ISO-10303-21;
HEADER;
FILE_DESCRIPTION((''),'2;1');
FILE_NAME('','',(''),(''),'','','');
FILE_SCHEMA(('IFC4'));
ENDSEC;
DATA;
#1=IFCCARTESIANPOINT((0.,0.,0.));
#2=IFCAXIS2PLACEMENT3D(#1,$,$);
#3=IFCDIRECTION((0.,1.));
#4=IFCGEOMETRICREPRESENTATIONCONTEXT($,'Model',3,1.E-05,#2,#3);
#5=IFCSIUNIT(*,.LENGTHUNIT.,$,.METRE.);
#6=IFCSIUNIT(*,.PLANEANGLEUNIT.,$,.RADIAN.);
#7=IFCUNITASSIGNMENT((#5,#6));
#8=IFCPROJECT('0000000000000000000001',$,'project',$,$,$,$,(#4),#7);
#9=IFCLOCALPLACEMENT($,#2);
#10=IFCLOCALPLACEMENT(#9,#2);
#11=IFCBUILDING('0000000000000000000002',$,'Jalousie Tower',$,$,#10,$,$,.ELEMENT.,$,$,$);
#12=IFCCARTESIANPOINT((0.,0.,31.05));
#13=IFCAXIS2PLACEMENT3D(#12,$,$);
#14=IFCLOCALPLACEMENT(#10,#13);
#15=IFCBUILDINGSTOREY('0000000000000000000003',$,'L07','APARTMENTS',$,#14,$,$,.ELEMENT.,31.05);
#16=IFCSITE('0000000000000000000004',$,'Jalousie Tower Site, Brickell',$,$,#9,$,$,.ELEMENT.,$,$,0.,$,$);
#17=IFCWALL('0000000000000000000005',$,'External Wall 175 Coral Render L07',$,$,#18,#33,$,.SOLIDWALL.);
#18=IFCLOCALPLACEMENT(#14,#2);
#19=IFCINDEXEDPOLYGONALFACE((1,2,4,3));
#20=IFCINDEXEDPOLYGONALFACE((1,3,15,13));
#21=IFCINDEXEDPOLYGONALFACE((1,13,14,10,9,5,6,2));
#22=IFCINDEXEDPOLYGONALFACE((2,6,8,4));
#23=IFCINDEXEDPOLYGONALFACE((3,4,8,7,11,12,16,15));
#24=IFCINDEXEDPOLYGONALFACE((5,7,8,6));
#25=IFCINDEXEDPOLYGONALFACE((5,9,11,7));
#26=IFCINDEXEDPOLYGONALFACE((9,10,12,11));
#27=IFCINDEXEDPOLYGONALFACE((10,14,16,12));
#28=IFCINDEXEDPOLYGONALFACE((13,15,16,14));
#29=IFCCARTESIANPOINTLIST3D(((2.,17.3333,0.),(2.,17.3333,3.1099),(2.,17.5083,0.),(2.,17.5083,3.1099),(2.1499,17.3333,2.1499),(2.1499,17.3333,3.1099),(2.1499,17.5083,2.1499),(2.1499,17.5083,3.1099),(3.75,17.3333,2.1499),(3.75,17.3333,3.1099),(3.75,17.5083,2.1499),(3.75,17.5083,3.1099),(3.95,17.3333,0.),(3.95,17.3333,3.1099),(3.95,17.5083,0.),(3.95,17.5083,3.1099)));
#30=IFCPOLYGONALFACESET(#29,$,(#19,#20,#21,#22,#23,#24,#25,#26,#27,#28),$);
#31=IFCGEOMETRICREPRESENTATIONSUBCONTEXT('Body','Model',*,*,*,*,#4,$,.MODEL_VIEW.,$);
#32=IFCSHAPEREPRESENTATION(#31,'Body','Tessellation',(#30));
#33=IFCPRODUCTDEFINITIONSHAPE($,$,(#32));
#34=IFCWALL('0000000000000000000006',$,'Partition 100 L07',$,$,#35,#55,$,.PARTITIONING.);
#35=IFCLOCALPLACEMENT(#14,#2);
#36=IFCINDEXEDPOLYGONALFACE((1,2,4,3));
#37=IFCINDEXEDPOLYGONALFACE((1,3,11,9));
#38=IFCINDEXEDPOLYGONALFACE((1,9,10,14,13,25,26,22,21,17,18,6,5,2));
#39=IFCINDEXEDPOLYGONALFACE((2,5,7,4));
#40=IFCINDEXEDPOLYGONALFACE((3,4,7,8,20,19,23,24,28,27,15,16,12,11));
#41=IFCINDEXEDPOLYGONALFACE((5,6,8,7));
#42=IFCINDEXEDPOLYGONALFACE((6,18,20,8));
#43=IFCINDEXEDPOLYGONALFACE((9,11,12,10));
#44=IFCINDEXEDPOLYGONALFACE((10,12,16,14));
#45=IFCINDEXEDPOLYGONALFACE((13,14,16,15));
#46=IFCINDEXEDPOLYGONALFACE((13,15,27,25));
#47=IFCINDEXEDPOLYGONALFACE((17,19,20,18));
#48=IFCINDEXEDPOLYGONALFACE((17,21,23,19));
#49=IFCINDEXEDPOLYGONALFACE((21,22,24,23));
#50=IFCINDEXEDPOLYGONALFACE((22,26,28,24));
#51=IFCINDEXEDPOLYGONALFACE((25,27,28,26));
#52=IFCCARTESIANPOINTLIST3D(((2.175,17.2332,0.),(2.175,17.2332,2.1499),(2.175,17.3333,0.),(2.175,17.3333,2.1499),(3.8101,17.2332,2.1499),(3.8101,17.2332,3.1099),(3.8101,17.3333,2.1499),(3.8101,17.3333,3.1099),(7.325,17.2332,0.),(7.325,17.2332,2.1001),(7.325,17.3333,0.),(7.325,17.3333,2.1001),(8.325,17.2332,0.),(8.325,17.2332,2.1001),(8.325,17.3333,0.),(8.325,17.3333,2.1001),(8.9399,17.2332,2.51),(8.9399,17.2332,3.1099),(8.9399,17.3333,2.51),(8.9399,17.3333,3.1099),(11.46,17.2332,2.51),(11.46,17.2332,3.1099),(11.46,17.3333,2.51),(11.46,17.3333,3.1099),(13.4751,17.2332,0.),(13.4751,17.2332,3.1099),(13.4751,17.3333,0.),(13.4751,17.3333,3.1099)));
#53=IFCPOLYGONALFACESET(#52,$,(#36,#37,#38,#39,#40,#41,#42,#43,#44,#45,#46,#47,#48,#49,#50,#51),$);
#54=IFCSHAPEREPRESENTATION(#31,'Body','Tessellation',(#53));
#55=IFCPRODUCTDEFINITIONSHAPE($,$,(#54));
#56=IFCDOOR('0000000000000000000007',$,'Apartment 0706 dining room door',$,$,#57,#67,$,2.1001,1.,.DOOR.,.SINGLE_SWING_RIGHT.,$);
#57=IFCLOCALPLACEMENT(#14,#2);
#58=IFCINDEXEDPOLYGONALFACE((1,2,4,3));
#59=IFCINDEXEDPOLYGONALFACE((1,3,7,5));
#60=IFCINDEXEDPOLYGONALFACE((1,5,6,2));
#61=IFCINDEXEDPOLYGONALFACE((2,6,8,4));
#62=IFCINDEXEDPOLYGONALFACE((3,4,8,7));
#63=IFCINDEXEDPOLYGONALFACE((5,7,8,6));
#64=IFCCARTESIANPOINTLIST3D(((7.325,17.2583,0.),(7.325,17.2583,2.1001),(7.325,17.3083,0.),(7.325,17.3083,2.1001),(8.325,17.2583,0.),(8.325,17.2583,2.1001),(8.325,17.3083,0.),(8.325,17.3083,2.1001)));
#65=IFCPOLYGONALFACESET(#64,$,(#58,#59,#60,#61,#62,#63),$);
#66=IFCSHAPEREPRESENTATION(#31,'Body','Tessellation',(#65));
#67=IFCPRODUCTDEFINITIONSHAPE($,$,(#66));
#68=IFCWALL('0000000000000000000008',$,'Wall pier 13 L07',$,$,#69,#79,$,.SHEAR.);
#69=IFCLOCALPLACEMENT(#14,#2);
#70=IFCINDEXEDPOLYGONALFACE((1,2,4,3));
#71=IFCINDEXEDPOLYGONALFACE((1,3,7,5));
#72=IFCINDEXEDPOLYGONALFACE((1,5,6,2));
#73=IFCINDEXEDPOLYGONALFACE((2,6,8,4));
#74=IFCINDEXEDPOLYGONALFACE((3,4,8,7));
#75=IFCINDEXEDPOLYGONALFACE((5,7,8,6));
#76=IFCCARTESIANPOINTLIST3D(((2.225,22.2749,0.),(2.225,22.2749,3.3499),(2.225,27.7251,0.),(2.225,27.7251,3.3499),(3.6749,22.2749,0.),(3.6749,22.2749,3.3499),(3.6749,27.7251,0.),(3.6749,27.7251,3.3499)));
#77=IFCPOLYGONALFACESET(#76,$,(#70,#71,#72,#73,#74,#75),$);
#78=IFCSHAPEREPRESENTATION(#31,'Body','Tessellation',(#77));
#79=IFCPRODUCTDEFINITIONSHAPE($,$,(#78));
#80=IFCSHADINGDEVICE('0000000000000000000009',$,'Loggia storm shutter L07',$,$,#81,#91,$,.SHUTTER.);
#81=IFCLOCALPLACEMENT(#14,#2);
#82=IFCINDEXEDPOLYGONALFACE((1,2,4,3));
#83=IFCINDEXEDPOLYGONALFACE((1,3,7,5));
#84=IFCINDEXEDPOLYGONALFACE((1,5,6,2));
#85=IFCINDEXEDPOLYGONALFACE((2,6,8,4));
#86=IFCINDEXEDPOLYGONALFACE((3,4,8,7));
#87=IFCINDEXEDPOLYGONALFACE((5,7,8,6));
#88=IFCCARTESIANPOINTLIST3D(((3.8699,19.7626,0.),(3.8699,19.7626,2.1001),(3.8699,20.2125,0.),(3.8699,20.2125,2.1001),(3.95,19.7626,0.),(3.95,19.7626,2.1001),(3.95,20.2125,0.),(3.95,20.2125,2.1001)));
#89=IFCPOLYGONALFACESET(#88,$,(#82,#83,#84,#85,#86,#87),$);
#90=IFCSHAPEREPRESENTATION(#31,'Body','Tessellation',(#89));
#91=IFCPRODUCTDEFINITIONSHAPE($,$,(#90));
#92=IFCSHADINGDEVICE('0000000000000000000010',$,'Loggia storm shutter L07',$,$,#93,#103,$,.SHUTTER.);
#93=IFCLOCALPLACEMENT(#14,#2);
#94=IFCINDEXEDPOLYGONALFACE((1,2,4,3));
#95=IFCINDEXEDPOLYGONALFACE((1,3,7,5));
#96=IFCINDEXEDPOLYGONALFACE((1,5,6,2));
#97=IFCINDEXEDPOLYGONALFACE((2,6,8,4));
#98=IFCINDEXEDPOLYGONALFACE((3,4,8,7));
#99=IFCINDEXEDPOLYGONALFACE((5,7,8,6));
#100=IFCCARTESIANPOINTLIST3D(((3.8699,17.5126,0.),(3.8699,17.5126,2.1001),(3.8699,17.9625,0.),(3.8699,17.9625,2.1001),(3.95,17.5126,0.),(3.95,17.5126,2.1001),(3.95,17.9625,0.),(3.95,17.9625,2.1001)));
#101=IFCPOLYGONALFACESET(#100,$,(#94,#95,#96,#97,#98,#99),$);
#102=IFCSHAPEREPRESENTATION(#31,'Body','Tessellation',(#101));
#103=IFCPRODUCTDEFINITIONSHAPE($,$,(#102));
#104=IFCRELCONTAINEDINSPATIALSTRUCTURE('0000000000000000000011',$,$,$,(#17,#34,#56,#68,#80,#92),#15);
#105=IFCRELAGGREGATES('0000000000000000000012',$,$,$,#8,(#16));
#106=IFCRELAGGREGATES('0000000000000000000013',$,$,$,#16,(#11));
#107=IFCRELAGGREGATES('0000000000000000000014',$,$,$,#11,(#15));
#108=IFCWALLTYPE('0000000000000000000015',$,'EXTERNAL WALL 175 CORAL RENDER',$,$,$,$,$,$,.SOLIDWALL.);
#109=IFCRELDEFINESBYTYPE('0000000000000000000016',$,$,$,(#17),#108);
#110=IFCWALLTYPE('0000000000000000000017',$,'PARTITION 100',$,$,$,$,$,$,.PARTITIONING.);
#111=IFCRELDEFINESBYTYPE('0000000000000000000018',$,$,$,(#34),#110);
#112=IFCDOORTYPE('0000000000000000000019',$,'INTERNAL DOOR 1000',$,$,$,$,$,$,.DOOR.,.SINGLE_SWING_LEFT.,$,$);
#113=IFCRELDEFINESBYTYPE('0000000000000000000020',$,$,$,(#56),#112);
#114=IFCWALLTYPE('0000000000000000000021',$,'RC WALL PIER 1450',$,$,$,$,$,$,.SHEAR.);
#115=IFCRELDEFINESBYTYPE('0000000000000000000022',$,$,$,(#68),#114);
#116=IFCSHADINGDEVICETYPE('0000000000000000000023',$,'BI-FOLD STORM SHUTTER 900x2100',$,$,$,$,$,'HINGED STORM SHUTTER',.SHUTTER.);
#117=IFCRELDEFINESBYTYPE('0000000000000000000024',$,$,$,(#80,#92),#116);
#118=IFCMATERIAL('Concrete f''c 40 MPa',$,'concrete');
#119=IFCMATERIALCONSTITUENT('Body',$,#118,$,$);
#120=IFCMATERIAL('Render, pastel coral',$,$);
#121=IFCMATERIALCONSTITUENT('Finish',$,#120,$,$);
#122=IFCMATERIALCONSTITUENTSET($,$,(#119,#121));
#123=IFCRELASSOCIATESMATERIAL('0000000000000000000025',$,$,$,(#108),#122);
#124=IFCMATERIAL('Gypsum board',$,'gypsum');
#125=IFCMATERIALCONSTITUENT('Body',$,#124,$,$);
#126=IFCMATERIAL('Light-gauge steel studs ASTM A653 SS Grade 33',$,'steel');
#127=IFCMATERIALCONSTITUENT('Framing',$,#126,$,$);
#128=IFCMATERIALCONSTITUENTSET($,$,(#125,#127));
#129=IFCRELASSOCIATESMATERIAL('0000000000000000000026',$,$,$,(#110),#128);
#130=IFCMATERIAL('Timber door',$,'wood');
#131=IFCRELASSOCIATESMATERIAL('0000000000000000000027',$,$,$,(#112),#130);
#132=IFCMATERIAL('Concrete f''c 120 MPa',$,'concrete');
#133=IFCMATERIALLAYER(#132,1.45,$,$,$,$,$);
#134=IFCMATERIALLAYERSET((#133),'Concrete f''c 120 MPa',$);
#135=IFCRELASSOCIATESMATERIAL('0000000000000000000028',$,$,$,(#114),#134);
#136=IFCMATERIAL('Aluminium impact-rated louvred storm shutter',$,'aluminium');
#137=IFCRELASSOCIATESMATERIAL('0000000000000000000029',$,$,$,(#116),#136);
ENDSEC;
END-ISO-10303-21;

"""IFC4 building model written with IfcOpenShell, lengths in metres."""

from ifc_helpers import new_model, si_unit, direction, frame, frame_2d, origin, origin_2d, place, context, subcontext, project, spatial, polyline, rectangle, outline, extrude, material, layer, layer_set, constituent, constituent_set, type_object, element, fill, save


model = new_model("IFC4")

# Units and contexts
model_context = context("Model", 3, precision=1e-05, world=origin(), true_north=direction((0.0, 1.0)))
body_context = subcontext(model_context, "Body", "Model", "MODEL_VIEW")
ifc_project = project(units=[si_unit("LENGTHUNIT", "METRE"), si_unit("PLANEANGLEUNIT", "RADIAN")], contexts=[model_context])

# Site, building, storey
site_placement = place(None, origin())
site = spatial("IfcSite", under=ifc_project, at=site_placement, Name="Jalousie Tower Site, Brickell", CompositionType="ELEMENT", RefElevation=0.0)
building_placement = place(site_placement, origin())
building = spatial("IfcBuilding", under=site, at=building_placement, Name="Jalousie Tower", CompositionType="ELEMENT")
storey_placement = place(building_placement, frame((0.0, 0.0, 31.05)))
storey = spatial("IfcBuildingStorey", under=building, at=storey_placement, Name="L07", Description="APARTMENTS", CompositionType="ELEMENT", Elevation=31.05)

# Shared definitions
ifc_material_1 = material(Name="Concrete f'c 40 MPa", Category="concrete")
ifc_constituent_1 = constituent(ifc_material_1, Name="Body")
ifc_material_2 = material(Name="Render, pastel coral")
ifc_constituent_2 = constituent(ifc_material_2, Name="Finish")
ifc_constituent_set_1 = constituent_set(constituents=[ifc_constituent_1, ifc_constituent_2])
wall_type_1 = type_object("IfcWallType", Name="EXTERNAL WALL 175 CORAL RENDER", PredefinedType="SOLIDWALL", material=ifc_constituent_set_1)

# Wall
for number, where, z_axis, x_axis, name in (
    (1, (2.0, 17.4209, 0.0), (0.0, 0.0, 1.0), (1.0, 0.0, 0.0), "External Wall 175 Coral Render L07"),
):
    element("IfcWall", number, at=place(storey_placement, frame(where, z_axis=z_axis, x_axis=x_axis)), inside=storey, type_object=wall_type_1, Name=name, PredefinedType="SOLIDWALL", context=body_context, shape_type="SweptSolid", body=[
        extrude(outline(polyline([(0.0, 0.0), (1.95, 0.0), (1.95, 3.1099), (1.75, 3.1099), (1.75, 2.1499), (0.1499, 2.1499), (0.1499, 3.1099), (0.0, 3.1099), (0.0, 0.0)])), frame((0.0, 0.0874, 0.0), z_axis=(0.0, -1.0, 0.0), x_axis=(1.0, 0.0, 0.0)), (0.0, 0.0, 1.0), 0.175),
    ])

# Wall, opening, door
ifc_material_3 = material(Name="Gypsum board", Category="gypsum")
ifc_constituent_3 = constituent(ifc_material_3, Name="Body")
ifc_material_4 = material(Name="Light-gauge steel studs ASTM A653 SS Grade 33", Category="steel")
ifc_constituent_4 = constituent(ifc_material_4, Name="Framing")
ifc_constituent_set_2 = constituent_set(constituents=[ifc_constituent_3, ifc_constituent_4])
wall_type_2 = type_object("IfcWallType", Name="PARTITION 100", PredefinedType="PARTITIONING", material=ifc_constituent_set_2)
wall_1_placement = place(storey_placement, frame((2.175, 17.2832, 0.0), z_axis=(0.0, 0.0, 1.0), x_axis=(1.0, 0.0, 0.0)))
wall_1 = element("IfcWall", 2, at=wall_1_placement, inside=storey, type_object=wall_type_2, Name="Partition 100 L07", PredefinedType="PARTITIONING", context=body_context, shape_type="SweptSolid", body=[
    extrude(outline(polyline([(0.0, 0.0), (11.3, 0.0), (11.3, 3.1099), (9.2849, 3.1099), (9.2849, 2.51), (6.7649, 2.51), (6.7649, 3.1099), (1.635, 3.1099), (1.635, 2.1499), (0.0, 2.1499), (0.0, 3.1099), (0.0, 0.0)])), frame((0.0, 0.05, 0.0), z_axis=(0.0, -1.0, 0.0), x_axis=(1.0, 0.0, 0.0)), (0.0, 0.0, 1.0), 0.1001),
])
opening_1_placement = place(wall_1_placement, frame((5.1499, 0.0, 0.0)))
opening_1 = element("IfcOpeningElement", 3, at=opening_1_placement, cuts=wall_1, PredefinedType="OPENING", context=body_context, shape_type="SweptSolid", body=[
    extrude(rectangle(XDim=1.0, YDim=2.1001, at=frame_2d((0.5, 1.05))), frame((0.0, 0.0601, 0.0), z_axis=(0.0, -1.0, 0.0), x_axis=(1.0, 0.0, 0.0)), (0.0, 0.0, 1.0), 0.1201),
])
ifc_material_5 = material(Name="Timber door", Category="wood")
door_type_1 = type_object("IfcDoorType", Name="INTERNAL DOOR 1000", OperationType="SINGLE_SWING_LEFT", PredefinedType="DOOR", material=ifc_material_5)
door_1_placement = place(opening_1_placement, frame((1.0, 0.0, 0.0), z_axis=(0.0, 0.0, 1.0), x_axis=(-1.0, 0.0, 0.0)))
door_1 = element("IfcDoor", 4, at=door_1_placement, inside=storey, type_object=door_type_1, Name="Apartment 0706 dining room door", OperationType="SINGLE_SWING_RIGHT", OverallHeight=2.1001, OverallWidth=1.0, PredefinedType="DOOR", context=body_context, shape_type="SweptSolid", body=[
    extrude(rectangle(XDim=1.0, YDim=2.1001, at=frame_2d((0.5, 1.05))), frame((0.0, 0.0249, 0.0), z_axis=(0.0, -1.0, 0.0), x_axis=(1.0, 0.0, 0.0)), (0.0, 0.0, 1.0), 0.05),
])
fill(opening_1, door_1)

# Wall
ifc_material_6 = material(Name="Concrete f'c 120 MPa", Category="concrete")
ifc_layer_1 = layer(ifc_material_6, 1.45)
ifc_layer_set_1 = layer_set([ifc_layer_1], Name="Concrete f'c 120 MPa")
wall_type_3 = type_object("IfcWallType", Name="RC WALL PIER 1450", PredefinedType="SHEAR", material=ifc_layer_set_1)
wall_2_placement = place(storey_placement, frame((2.95, 22.2749, 0.0), z_axis=(0.0, 0.0, 1.0), x_axis=(0.0, 1.0, 0.0)))
element("IfcWall", 5, at=wall_2_placement, inside=storey, type_object=wall_type_3, Name="Wall pier 13 L07", PredefinedType="SHEAR", context=body_context, shape_type="SweptSolid", body=[
    extrude(rectangle(XDim=5.4502, YDim=1.45, at=frame_2d((2.7251, 0.0))), origin(), (0.0, 0.0, 1.0), 3.3499),
])

# Shading devices
ifc_material_7 = material(Name="Aluminium impact-rated louvred storm shutter", Category="aluminium")
shading_device_type_1 = type_object("IfcShadingDeviceType", Name="BI-FOLD STORM SHUTTER 900x2100", ElementType="HINGED STORM SHUTTER", PredefinedType="SHUTTER", material=ifc_material_7)
for number, where, z_axis, x_axis, name in (
    (6, (3.9099, 19.9875, 0.0), (0.0, 0.0, 1.0), (0.0, -1.0, 0.0), "Loggia storm shutter L07"),
    (7, (3.9099, 17.7375, 0.0), (0.0, 0.0, 1.0), (0.0, -1.0, 0.0), "Loggia storm shutter L07"),
):
    element("IfcShadingDevice", number, at=place(storey_placement, frame(where, z_axis=z_axis, x_axis=x_axis)), inside=storey, type_object=shading_device_type_1, Name=name, PredefinedType="SHUTTER", context=body_context, shape_type="SweptSolid", body=[
        extrude(rectangle(XDim=0.45, YDim=0.0801, at=origin_2d()), origin(), (0.0, 0.0, 1.0), 2.1001),
    ])

save(model, "model.ifc")
